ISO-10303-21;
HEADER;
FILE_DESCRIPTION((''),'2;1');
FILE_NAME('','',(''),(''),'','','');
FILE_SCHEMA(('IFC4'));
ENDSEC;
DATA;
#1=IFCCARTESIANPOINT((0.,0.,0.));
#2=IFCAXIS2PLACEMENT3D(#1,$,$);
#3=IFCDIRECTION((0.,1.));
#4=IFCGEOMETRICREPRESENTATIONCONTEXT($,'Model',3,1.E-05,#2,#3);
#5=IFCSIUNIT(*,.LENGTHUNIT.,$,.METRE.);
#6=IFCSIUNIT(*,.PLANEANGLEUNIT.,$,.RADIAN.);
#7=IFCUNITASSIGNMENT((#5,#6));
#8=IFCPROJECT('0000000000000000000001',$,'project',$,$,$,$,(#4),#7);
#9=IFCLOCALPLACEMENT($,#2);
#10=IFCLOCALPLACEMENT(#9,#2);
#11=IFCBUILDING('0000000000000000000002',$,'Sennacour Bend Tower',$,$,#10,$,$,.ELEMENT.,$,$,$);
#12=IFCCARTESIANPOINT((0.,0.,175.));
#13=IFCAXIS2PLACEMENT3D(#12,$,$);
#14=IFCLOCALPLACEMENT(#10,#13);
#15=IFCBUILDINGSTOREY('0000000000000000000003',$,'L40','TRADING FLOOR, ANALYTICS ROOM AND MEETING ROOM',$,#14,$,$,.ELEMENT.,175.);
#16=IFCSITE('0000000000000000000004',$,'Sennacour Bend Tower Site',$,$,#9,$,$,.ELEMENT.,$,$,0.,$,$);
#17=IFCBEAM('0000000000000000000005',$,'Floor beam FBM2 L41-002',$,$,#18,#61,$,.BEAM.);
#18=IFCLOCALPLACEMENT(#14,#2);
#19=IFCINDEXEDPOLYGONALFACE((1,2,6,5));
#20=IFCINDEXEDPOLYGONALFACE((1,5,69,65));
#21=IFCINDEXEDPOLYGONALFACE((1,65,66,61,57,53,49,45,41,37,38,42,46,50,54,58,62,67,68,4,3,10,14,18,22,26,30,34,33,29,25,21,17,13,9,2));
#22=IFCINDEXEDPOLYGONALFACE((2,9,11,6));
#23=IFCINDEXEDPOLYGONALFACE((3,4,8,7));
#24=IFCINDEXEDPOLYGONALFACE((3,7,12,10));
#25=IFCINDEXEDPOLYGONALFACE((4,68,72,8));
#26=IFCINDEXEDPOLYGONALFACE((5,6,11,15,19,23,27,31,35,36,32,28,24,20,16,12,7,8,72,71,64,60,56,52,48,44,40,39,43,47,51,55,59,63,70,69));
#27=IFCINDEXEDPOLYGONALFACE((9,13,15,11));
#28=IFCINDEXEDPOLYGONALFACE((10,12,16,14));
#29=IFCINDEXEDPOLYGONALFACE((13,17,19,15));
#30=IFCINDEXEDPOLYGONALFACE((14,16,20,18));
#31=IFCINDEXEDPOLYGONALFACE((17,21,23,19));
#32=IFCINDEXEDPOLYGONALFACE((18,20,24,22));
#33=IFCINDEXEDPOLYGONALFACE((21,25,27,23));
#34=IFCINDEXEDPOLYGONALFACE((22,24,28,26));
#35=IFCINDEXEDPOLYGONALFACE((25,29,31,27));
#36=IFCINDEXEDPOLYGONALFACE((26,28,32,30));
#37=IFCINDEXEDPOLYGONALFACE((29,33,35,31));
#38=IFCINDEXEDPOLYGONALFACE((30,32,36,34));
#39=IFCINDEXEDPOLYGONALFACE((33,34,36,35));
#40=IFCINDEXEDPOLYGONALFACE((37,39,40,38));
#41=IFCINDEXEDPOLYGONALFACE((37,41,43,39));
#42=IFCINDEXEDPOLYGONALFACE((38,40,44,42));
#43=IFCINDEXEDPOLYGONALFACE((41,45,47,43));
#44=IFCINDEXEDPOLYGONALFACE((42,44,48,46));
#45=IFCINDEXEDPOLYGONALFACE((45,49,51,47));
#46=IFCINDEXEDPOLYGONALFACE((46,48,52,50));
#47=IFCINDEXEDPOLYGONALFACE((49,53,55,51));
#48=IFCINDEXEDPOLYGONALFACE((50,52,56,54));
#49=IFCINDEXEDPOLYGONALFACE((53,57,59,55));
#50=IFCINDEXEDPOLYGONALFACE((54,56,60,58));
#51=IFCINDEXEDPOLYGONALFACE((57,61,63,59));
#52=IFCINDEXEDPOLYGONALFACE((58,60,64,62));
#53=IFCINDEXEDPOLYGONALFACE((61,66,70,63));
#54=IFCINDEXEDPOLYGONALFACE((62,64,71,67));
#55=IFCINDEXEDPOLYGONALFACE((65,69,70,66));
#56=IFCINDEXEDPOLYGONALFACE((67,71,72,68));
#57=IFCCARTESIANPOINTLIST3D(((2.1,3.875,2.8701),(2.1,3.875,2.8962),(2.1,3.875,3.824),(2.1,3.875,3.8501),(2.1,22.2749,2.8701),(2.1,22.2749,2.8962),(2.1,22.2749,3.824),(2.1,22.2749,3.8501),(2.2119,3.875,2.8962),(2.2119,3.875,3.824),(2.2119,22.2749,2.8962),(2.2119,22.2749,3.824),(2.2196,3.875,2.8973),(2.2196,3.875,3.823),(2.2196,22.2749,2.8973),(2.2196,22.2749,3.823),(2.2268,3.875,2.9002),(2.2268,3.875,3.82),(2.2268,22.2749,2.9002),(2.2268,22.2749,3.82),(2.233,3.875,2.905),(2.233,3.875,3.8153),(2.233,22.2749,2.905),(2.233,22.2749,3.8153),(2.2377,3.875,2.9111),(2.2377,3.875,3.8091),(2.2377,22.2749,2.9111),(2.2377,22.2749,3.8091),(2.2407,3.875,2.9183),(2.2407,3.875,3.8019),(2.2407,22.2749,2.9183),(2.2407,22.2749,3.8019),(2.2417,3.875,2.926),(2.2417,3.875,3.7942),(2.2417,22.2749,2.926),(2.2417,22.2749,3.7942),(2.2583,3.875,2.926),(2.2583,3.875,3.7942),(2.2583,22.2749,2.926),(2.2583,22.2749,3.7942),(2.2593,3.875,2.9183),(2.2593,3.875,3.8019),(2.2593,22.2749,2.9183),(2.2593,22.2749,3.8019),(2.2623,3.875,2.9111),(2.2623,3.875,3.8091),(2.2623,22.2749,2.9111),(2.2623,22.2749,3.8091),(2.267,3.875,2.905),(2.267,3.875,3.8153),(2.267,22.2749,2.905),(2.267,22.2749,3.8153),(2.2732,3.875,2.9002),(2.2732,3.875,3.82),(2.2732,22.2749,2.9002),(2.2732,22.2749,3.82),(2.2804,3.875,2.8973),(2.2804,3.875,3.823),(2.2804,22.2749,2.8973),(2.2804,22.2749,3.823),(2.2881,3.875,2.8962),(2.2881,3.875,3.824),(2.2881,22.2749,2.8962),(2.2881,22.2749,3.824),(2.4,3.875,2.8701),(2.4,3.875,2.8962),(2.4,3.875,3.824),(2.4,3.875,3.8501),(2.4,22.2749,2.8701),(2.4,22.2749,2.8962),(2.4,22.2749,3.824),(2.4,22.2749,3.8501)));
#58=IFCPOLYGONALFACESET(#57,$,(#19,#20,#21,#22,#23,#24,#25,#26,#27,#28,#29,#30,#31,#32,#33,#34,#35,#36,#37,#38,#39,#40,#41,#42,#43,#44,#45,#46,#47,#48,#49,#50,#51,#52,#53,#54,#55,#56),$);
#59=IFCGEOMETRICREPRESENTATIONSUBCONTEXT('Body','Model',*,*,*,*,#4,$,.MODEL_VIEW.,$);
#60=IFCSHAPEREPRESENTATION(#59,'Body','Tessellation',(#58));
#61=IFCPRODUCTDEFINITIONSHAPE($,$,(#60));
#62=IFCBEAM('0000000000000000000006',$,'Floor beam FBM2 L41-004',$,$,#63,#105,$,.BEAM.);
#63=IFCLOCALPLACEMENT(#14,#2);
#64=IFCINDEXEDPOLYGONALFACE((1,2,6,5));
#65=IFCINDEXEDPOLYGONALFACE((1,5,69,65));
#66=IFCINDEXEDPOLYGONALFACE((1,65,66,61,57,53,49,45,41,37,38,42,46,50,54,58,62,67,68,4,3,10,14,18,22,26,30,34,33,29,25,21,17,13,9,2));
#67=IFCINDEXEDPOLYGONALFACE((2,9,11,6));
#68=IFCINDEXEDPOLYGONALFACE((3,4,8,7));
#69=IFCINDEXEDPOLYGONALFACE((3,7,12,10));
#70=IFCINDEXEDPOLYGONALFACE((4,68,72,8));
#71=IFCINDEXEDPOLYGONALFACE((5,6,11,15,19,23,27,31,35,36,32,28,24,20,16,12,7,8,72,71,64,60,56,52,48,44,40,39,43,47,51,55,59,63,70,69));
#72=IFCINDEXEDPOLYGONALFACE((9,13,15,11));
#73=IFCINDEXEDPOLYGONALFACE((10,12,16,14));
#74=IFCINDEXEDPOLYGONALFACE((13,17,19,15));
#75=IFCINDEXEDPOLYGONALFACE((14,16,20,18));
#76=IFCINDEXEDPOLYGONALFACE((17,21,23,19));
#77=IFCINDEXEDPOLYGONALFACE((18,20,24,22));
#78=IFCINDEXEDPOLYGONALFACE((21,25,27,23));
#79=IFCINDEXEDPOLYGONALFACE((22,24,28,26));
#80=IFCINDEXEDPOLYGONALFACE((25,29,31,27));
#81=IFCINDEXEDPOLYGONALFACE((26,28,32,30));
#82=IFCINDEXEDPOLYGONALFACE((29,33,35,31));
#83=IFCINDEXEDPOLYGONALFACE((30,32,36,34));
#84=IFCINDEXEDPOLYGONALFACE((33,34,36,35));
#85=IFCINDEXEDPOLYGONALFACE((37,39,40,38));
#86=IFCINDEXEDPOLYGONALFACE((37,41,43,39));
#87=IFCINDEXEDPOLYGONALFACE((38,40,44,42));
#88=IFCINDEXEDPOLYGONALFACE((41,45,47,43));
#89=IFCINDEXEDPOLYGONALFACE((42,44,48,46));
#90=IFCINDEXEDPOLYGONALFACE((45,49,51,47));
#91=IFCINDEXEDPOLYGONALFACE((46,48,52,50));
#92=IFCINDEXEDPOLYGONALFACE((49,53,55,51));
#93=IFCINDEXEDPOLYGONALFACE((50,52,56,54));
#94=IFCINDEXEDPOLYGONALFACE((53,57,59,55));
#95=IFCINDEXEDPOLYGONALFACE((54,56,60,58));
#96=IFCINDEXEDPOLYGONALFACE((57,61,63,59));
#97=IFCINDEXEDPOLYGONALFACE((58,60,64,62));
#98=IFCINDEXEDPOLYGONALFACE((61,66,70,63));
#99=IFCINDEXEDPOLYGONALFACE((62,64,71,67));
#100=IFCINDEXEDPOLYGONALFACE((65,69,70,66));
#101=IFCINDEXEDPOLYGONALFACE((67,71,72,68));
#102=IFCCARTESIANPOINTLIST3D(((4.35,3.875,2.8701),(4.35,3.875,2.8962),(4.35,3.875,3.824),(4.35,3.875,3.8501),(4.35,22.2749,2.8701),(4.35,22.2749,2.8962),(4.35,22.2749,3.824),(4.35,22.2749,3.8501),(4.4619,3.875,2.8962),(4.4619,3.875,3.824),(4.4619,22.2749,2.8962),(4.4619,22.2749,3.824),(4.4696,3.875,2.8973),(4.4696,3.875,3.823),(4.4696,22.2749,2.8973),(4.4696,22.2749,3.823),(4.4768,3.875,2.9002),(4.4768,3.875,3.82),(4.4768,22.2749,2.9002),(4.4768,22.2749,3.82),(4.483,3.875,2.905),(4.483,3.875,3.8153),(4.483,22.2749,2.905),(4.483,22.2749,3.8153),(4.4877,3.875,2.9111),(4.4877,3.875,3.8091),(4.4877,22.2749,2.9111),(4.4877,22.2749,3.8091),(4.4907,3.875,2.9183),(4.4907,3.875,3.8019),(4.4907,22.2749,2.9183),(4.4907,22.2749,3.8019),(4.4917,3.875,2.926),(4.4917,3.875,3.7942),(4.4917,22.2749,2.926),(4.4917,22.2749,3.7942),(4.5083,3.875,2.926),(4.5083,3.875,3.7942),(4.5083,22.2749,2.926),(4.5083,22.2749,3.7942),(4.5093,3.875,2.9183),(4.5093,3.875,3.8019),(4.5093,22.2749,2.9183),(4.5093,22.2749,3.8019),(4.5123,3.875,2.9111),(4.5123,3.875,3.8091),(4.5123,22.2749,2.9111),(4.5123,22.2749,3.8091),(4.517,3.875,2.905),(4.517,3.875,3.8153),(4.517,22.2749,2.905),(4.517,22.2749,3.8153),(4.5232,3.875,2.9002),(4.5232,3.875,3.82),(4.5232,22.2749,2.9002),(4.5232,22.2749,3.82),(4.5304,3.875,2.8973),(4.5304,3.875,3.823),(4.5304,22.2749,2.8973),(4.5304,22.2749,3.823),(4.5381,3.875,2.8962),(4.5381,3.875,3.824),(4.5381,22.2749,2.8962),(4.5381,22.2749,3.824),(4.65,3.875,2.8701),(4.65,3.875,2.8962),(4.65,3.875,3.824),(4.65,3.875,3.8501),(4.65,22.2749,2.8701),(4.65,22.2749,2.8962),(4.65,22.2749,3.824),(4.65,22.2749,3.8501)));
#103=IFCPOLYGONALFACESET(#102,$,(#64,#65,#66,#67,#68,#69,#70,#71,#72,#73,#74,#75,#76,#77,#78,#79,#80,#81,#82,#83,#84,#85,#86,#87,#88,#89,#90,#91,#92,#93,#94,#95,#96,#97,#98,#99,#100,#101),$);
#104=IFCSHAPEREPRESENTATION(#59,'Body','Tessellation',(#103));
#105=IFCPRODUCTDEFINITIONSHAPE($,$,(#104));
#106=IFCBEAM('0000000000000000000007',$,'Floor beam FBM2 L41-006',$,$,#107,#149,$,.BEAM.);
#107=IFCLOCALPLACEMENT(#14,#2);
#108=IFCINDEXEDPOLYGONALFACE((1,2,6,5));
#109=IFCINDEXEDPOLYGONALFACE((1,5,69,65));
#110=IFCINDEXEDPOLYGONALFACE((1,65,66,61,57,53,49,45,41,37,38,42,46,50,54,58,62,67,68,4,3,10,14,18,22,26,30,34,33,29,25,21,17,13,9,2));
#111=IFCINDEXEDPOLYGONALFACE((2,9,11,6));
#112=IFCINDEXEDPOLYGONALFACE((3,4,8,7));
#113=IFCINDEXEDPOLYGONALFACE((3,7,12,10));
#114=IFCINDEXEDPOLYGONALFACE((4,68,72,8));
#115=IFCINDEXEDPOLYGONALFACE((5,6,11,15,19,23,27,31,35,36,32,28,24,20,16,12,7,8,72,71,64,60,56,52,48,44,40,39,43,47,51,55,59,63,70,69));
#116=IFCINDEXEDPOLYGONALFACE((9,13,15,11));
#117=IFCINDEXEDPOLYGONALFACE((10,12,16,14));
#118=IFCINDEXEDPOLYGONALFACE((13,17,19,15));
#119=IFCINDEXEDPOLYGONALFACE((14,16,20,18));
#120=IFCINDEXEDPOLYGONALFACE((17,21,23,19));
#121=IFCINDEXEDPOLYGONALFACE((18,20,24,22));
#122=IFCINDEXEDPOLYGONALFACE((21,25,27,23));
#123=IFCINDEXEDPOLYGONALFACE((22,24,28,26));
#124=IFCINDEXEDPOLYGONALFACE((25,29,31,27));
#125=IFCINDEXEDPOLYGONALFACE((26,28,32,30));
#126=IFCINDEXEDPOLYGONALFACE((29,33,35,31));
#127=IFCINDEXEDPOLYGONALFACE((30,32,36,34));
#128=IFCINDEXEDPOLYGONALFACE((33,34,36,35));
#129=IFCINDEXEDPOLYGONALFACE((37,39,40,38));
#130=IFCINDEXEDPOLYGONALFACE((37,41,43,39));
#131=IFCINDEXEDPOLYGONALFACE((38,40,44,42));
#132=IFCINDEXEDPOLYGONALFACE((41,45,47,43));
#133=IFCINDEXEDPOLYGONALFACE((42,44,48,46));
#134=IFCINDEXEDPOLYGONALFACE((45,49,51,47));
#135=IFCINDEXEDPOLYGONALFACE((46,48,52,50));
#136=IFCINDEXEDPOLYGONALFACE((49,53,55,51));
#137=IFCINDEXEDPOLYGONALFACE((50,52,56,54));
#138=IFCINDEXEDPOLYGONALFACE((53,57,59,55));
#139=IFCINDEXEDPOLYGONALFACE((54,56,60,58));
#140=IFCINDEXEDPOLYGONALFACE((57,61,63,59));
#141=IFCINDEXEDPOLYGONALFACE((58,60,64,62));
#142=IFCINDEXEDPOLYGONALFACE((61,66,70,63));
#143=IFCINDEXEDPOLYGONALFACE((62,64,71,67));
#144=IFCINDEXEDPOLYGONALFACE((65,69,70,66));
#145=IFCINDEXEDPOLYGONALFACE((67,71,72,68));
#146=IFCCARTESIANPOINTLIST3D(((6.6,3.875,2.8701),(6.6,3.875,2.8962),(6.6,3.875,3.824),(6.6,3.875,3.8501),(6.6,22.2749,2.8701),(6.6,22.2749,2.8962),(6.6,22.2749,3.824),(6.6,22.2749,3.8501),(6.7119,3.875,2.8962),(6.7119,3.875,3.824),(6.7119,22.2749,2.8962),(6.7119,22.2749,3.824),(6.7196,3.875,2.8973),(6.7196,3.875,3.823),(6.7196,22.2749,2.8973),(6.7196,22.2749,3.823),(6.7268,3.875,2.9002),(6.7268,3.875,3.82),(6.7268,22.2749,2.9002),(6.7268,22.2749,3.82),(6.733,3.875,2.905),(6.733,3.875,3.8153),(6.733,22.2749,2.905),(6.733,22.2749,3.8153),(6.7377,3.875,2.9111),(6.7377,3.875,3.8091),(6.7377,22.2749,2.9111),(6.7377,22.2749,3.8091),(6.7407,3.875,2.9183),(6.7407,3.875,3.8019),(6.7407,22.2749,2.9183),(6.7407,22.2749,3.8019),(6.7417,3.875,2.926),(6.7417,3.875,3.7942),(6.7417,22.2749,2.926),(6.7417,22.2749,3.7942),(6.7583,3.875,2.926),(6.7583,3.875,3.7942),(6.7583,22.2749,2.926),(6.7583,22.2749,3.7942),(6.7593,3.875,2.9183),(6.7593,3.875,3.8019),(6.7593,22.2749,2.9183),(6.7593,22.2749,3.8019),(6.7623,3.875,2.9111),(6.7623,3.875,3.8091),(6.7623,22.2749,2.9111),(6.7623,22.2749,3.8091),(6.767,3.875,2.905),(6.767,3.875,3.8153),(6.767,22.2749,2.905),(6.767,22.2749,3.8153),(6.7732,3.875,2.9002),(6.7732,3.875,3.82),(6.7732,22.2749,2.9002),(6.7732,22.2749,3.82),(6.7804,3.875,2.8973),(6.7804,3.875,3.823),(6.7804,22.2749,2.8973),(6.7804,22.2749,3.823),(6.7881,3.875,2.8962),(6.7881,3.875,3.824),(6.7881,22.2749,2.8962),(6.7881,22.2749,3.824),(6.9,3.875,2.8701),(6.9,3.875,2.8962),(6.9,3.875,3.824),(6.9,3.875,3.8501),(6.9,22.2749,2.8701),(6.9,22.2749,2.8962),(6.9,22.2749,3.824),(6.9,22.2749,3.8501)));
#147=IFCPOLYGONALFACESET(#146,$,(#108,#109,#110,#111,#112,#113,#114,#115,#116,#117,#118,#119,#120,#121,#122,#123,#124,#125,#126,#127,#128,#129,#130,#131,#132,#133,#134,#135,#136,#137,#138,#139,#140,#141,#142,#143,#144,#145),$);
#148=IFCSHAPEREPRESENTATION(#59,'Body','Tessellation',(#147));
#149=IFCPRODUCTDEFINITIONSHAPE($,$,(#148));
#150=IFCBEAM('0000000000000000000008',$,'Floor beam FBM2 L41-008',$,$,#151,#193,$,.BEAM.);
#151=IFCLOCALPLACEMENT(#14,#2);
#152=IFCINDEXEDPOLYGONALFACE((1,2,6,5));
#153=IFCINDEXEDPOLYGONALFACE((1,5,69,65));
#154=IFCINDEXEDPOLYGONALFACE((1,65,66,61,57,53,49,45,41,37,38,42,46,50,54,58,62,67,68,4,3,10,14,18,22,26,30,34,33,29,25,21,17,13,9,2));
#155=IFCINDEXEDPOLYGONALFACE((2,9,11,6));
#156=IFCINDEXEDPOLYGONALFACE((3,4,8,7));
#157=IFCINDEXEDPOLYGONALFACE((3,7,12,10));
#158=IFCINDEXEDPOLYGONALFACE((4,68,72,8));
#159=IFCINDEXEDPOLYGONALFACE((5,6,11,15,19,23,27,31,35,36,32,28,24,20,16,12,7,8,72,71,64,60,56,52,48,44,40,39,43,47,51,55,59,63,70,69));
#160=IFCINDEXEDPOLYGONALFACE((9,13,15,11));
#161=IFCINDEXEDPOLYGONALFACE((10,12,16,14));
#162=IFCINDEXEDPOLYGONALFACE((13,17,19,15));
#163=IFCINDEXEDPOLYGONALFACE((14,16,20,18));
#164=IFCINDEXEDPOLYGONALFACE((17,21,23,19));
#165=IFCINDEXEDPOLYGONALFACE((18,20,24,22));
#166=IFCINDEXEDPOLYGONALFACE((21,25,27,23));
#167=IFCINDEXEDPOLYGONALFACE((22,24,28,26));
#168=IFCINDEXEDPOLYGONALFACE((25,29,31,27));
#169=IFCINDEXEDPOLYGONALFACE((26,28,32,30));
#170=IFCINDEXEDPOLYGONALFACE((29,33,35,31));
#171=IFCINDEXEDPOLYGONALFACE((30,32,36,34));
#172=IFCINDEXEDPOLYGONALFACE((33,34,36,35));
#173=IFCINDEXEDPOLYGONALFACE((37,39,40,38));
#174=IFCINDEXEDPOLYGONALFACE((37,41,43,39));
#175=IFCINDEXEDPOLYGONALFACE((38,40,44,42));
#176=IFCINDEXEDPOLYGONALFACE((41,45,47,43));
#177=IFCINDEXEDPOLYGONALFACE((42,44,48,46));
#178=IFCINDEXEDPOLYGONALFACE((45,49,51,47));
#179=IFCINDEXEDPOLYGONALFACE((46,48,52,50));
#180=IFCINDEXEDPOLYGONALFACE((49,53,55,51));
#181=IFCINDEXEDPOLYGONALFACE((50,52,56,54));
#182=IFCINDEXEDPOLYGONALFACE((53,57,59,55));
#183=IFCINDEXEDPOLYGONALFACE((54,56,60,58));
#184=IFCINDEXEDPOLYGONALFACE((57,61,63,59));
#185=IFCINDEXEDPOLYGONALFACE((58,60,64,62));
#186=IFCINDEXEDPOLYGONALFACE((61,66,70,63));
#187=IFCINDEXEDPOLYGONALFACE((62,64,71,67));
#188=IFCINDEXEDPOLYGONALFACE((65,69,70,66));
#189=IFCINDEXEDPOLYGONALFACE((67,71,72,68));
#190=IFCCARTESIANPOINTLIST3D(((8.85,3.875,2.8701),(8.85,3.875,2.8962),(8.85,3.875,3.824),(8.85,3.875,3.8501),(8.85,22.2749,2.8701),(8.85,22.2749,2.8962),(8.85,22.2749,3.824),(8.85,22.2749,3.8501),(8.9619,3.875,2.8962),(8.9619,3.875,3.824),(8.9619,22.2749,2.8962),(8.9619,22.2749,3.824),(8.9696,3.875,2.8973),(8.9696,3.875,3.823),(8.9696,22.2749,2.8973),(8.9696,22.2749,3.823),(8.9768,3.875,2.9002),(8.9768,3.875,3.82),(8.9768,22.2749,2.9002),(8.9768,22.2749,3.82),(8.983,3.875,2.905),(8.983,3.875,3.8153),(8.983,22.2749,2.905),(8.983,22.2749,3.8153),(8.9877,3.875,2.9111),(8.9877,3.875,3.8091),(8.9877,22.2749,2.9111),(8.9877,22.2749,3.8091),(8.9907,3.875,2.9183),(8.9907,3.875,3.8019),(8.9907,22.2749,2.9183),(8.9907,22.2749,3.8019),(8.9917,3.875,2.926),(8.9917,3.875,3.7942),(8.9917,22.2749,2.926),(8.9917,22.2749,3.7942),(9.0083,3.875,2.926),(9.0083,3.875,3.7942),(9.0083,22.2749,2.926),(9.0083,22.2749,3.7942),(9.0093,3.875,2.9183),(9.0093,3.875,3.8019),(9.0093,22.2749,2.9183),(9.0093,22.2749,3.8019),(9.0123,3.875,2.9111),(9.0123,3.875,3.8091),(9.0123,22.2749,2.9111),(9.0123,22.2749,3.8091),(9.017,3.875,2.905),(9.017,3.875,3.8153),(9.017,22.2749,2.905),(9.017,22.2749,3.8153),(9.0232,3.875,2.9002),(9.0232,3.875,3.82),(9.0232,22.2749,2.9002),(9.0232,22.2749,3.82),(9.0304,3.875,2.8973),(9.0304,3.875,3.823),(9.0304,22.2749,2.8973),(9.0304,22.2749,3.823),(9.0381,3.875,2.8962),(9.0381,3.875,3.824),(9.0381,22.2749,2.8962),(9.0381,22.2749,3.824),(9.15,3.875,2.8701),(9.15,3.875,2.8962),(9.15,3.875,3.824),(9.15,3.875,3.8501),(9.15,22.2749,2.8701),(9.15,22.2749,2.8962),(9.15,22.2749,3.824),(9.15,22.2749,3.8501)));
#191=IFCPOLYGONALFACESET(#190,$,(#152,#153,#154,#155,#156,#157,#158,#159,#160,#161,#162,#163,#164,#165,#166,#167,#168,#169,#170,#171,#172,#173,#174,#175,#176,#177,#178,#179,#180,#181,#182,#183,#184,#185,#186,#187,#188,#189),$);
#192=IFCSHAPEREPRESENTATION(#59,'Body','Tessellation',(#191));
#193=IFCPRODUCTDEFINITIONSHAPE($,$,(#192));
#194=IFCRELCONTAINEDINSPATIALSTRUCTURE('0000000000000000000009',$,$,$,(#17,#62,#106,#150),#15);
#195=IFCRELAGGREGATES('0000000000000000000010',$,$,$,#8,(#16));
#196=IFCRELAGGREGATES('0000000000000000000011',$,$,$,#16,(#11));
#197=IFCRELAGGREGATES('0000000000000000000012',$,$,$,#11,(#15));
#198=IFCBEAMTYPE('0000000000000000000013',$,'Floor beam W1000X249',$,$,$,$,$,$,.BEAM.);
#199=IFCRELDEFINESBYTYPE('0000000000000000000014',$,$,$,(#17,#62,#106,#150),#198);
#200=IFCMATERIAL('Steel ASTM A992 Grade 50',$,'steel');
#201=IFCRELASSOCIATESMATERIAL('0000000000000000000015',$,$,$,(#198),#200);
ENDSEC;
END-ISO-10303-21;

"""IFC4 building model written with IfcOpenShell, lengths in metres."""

from ifc_helpers import new_model, si_unit, direction, frame, origin, origin_2d, place, context, subcontext, project, spatial, i_section, extrude, material, material_profile, profile_set, type_object, element, save


model = new_model("IFC4")

# Units and contexts
model_context = context("Model", 3, precision=1e-05, world=origin(), true_north=direction((0.0, 1.0)))
body_context = subcontext(model_context, "Body", "Model", "MODEL_VIEW")
ifc_project = project(units=[si_unit("LENGTHUNIT", "METRE"), si_unit("PLANEANGLEUNIT", "RADIAN")], contexts=[model_context])

# Site, building, storey
site_placement = place(None, origin())
site = spatial("IfcSite", under=ifc_project, at=site_placement, Name="Sennacour Bend Tower Site", CompositionType="ELEMENT", RefElevation=0.0)
building_placement = place(site_placement, origin())
building = spatial("IfcBuilding", under=site, at=building_placement, Name="Sennacour Bend Tower", CompositionType="ELEMENT")
storey_placement = place(building_placement, frame((0.0, 0.0, 175.0)))
storey = spatial("IfcBuildingStorey", under=building, at=storey_placement, Name="L40", Description="TRADING FLOOR, ANALYTICS ROOM AND MEETING ROOM", CompositionType="ELEMENT", Elevation=175.0)

# Beams
ifc_material_1 = material(Name="Steel ASTM A992 Grade 50", Category="steel")
ifc_material_profile = material_profile(ifc_material_1, i_section(OverallWidth=0.3, OverallDepth=0.98, WebThickness=0.0166, FlangeThickness=0.0261, FilletRadius=0.0298, at=origin_2d()), Name="Steel ASTM A992 Grade 50", Category="steel")
ifc_profile_set = profile_set([ifc_material_profile], Name="Steel ASTM A992 Grade 50")
beam_type = type_object("IfcBeamType", Name="Floor beam W1000X249", PredefinedType="BEAM", material=ifc_profile_set)
for number, where, z_axis, x_axis, name in (
    (1, (2.25, 3.875, 3.3601), (0.0, 1.0, 0.0), (-1.0, 0.0, 0.0), "Floor beam FBM2 L41-002"),
    (2, (4.5, 3.875, 3.3601), (0.0, 1.0, 0.0), (-1.0, 0.0, 0.0), "Floor beam FBM2 L41-004"),
    (3, (6.75, 3.875, 3.3601), (0.0, 1.0, 0.0), (-1.0, 0.0, 0.0), "Floor beam FBM2 L41-006"),
    (4, (9.0, 3.875, 3.3601), (0.0, 1.0, 0.0), (-1.0, 0.0, 0.0), "Floor beam FBM2 L41-008"),
):
    element("IfcBeam", number, at=place(storey_placement, frame(where, z_axis=z_axis, x_axis=x_axis)), inside=storey, type_object=beam_type, Name=name, PredefinedType="BEAM", context=body_context, shape_type="SweptSolid", body=[
        extrude(i_section(OverallWidth=0.3, OverallDepth=0.98, WebThickness=0.0166, FlangeThickness=0.0261, FilletRadius=0.0298, at=origin_2d()), origin(), (0.0, 0.0, 1.0), 18.3999),
    ])

save(model, "model.ifc")
